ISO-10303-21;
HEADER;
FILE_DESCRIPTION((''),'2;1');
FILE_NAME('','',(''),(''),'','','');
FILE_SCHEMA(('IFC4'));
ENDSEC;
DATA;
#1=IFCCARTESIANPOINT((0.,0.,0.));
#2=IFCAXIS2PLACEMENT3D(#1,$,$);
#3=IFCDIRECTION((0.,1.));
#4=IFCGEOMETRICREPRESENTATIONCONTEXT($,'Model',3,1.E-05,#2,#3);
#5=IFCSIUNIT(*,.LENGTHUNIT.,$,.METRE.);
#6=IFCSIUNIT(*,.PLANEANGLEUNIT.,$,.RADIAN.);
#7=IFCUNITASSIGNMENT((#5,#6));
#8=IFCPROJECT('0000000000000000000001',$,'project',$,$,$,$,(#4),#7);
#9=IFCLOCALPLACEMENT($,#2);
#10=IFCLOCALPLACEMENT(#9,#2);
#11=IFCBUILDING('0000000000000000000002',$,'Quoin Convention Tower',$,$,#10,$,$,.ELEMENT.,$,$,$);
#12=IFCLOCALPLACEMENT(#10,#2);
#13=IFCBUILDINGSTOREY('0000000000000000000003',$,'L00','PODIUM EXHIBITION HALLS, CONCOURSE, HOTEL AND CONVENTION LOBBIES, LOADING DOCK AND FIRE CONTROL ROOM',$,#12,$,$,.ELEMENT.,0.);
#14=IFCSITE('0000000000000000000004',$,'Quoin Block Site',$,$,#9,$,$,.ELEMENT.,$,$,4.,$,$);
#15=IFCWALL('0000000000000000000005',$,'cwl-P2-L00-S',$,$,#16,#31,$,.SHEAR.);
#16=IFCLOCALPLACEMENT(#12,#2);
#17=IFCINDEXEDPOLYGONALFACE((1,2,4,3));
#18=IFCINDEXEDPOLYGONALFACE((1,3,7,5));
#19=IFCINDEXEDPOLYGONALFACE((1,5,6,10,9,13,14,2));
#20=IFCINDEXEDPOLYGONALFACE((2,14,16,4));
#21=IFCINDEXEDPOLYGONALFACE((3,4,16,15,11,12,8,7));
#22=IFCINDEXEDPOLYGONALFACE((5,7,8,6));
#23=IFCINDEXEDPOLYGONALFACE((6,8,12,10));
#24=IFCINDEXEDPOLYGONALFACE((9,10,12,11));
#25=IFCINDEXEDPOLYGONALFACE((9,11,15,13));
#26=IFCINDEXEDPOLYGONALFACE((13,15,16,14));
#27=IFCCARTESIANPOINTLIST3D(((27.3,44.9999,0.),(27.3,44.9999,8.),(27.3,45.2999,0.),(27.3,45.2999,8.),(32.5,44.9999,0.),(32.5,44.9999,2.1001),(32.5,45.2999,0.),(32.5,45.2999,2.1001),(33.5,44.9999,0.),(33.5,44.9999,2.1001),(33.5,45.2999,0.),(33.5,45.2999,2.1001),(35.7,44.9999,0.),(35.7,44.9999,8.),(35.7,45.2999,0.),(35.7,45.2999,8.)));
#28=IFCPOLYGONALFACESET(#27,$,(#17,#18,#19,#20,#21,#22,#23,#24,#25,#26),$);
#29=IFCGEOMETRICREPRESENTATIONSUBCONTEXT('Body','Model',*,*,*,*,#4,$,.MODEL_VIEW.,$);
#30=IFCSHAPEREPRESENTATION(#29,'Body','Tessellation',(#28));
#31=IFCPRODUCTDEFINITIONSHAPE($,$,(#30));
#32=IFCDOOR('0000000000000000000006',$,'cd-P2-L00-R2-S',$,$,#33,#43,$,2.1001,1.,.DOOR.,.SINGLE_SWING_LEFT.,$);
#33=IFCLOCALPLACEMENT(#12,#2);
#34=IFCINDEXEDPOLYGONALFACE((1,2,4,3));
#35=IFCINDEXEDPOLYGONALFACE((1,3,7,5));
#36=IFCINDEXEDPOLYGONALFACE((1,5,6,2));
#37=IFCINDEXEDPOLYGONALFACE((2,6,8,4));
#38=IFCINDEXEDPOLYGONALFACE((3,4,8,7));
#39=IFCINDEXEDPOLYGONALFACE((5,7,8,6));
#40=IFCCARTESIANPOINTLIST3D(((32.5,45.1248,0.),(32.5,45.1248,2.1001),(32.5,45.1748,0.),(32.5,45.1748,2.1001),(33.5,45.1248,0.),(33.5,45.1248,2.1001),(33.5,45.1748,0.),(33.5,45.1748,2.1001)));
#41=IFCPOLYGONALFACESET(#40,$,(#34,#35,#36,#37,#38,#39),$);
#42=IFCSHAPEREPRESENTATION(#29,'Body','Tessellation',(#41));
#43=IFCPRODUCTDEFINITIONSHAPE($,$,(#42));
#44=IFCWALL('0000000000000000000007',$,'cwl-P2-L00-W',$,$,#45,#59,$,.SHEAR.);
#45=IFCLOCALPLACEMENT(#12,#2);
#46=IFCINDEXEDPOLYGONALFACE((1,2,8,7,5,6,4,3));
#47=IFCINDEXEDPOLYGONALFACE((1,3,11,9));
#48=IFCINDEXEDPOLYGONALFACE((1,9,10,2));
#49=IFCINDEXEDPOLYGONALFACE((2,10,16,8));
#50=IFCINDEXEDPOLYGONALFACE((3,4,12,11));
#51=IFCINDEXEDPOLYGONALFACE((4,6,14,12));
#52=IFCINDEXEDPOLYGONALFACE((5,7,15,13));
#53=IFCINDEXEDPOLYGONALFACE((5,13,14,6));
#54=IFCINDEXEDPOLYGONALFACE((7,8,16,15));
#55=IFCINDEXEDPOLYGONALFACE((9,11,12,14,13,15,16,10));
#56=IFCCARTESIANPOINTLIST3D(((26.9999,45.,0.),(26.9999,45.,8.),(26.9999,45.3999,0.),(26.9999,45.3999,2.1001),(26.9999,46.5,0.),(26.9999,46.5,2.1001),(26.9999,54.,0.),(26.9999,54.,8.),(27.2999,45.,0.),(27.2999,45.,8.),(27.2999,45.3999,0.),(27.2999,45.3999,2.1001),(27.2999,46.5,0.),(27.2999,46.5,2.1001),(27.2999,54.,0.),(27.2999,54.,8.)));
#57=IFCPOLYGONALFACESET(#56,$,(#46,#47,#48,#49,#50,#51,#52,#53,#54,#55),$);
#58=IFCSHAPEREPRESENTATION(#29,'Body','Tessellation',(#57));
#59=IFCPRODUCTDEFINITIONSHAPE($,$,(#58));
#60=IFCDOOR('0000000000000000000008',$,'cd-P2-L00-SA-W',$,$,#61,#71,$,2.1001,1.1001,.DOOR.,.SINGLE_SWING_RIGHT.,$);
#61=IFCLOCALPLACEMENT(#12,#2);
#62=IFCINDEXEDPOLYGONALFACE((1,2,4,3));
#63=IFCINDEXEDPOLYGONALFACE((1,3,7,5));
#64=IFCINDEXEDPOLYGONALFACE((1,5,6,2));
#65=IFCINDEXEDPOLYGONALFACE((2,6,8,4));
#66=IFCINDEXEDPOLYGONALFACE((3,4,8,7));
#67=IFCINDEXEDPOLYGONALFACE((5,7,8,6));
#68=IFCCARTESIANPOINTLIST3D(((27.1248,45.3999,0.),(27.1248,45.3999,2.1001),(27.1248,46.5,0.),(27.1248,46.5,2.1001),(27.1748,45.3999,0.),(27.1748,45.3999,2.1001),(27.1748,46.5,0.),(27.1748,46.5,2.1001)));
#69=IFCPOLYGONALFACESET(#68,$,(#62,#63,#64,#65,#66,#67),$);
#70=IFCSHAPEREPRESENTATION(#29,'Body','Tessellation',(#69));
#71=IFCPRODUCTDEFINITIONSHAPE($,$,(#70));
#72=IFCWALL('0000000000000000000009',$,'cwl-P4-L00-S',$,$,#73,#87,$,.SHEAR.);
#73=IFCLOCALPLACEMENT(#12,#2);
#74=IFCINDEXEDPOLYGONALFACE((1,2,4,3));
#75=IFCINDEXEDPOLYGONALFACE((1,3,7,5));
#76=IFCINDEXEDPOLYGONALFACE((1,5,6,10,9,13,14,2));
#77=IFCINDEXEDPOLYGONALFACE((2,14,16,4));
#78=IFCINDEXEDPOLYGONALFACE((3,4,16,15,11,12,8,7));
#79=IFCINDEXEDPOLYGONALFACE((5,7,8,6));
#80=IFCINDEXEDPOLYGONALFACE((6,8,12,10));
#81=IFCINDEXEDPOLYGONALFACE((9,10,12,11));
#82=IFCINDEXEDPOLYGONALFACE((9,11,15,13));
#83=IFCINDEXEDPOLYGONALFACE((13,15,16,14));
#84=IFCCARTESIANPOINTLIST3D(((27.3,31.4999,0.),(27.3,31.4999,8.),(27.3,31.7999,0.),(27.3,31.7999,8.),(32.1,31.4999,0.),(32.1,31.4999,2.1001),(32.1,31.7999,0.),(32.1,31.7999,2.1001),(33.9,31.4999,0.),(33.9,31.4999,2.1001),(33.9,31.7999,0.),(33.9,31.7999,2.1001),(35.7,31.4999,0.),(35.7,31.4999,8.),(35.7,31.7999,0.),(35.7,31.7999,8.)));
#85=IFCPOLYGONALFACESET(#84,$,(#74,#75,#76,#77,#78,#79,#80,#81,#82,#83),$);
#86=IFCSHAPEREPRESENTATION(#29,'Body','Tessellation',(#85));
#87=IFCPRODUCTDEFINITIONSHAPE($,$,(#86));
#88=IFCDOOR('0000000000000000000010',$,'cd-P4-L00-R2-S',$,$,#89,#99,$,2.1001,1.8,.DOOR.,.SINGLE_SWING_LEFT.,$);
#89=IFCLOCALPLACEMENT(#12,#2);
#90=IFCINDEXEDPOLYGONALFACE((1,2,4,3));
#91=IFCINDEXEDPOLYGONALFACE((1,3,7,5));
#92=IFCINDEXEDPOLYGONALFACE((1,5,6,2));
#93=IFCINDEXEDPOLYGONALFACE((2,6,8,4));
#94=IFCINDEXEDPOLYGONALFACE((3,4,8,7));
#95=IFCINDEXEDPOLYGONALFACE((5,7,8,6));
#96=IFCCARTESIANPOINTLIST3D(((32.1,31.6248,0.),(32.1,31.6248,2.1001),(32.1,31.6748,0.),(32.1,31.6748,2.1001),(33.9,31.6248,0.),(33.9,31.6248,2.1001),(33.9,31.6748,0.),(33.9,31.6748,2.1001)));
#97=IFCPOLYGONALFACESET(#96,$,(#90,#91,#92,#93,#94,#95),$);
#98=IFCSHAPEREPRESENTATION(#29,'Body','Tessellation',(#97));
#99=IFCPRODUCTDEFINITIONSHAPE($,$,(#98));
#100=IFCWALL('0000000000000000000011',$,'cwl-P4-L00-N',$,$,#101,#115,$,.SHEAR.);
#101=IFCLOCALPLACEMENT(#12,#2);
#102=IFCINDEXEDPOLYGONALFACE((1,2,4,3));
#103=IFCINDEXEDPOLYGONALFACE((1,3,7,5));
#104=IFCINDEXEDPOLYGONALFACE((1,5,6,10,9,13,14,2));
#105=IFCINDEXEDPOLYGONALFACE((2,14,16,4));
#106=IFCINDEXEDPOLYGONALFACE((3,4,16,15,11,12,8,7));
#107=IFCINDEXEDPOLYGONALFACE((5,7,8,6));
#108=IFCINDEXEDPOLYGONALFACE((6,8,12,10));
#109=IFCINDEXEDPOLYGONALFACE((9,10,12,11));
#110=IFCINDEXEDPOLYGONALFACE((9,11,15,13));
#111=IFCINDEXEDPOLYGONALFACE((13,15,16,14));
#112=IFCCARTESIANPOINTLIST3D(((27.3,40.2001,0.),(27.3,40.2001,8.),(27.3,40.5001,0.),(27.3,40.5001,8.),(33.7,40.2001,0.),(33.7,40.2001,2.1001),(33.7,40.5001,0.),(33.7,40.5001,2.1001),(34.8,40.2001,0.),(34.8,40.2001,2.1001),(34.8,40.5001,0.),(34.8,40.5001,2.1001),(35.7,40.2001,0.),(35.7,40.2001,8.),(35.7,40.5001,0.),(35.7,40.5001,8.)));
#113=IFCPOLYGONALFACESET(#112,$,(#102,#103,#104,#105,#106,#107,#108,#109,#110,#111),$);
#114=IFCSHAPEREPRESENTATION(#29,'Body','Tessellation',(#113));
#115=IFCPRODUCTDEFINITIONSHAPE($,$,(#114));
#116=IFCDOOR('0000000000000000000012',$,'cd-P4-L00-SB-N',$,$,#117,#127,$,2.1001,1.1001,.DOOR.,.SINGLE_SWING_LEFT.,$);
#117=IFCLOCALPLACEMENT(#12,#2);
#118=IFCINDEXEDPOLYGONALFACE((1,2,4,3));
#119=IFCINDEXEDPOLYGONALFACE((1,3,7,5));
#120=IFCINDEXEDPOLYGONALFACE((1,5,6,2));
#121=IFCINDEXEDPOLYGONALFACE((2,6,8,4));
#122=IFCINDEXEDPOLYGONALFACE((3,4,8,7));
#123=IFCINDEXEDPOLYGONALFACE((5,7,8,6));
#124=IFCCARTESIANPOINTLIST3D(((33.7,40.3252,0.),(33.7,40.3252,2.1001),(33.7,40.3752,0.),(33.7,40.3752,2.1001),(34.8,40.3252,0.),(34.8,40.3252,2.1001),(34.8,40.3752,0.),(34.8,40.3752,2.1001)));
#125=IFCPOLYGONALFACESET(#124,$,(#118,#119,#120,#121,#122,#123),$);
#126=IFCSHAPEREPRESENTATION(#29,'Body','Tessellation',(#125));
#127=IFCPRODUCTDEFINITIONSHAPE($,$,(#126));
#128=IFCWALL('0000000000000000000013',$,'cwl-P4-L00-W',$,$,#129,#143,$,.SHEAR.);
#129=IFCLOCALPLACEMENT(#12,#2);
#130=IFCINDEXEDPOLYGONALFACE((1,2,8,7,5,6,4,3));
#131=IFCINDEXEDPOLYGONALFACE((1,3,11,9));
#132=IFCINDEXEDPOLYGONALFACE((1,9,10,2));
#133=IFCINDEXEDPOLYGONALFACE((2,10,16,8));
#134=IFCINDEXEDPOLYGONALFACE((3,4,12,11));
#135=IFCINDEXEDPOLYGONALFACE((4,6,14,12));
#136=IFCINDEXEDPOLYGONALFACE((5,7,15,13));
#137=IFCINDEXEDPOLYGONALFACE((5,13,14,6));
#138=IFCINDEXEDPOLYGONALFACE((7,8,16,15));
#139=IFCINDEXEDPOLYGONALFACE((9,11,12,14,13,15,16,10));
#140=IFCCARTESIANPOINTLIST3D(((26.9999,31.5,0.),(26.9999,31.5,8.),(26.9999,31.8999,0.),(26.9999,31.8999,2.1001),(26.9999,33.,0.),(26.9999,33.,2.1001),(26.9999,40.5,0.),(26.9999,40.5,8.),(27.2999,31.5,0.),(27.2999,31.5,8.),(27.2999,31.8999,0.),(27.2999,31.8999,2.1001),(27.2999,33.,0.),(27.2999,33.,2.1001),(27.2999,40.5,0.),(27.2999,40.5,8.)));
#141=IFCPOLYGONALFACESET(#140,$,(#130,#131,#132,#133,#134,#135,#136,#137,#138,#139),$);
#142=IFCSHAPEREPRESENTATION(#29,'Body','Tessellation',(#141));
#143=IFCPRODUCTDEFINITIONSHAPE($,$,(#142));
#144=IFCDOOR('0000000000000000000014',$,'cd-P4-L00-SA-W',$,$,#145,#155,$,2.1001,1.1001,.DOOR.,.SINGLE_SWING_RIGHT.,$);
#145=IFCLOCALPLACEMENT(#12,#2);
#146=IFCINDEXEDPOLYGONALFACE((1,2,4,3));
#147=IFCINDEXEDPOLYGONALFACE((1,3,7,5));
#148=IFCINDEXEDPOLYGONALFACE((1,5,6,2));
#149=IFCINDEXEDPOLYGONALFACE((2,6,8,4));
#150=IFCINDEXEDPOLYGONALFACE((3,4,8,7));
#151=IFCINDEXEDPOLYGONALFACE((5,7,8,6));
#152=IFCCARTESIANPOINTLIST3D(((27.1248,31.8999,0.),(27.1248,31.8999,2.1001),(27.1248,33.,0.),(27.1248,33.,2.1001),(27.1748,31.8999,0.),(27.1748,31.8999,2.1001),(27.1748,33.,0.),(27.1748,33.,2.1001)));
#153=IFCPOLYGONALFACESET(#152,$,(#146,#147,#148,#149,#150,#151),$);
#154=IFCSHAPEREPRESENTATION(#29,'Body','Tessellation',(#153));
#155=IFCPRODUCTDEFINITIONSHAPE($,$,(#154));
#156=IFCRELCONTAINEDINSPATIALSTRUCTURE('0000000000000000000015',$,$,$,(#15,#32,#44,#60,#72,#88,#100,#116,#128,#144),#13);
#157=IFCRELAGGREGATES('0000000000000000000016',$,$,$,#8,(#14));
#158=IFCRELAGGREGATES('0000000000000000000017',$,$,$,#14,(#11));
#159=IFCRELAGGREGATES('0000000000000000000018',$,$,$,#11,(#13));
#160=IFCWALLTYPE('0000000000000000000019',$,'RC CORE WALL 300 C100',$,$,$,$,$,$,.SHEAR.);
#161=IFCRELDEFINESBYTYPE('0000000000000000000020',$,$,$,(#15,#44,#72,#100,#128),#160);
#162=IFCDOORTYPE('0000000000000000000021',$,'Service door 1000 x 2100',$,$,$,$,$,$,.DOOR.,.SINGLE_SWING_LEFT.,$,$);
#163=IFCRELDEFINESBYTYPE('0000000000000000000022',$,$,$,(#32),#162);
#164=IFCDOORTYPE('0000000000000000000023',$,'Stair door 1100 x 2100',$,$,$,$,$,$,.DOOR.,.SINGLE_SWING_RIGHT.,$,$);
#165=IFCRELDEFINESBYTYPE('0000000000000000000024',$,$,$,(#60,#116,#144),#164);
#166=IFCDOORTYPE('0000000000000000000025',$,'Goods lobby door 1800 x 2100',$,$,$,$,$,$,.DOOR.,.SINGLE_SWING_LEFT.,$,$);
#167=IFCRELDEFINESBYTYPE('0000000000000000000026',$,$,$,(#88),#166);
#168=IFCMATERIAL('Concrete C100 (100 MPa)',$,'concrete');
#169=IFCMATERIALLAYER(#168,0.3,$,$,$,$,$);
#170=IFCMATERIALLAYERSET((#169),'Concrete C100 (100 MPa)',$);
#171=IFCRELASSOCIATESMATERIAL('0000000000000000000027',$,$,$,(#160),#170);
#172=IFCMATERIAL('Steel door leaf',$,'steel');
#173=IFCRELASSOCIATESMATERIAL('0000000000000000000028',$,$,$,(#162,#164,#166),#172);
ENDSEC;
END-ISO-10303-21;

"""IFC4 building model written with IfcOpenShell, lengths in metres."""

from ifc_helpers import new_model, si_unit, direction, frame, frame_2d, origin, place, context, subcontext, project, spatial, rectangle, extrude, material, layer, layer_set, type_object, element, fill, save


model = new_model("IFC4")

# Units and contexts
model_context = context("Model", 3, precision=1e-05, world=origin(), true_north=direction((0.0, 1.0)))
body_context = subcontext(model_context, "Body", "Model", "MODEL_VIEW")
ifc_project = project(units=[si_unit("LENGTHUNIT", "METRE"), si_unit("PLANEANGLEUNIT", "RADIAN")], contexts=[model_context])

# Site, building, storey
site_placement = place(None, origin())
site = spatial("IfcSite", under=ifc_project, at=site_placement, Name="Quoin Block Site", CompositionType="ELEMENT", RefElevation=4.0)
building_placement = place(site_placement, origin())
building = spatial("IfcBuilding", under=site, at=building_placement, Name="Quoin Convention Tower", CompositionType="ELEMENT")
storey_placement = place(building_placement, origin())
storey = spatial("IfcBuildingStorey", under=building, at=storey_placement, Name="L00", Description="PODIUM EXHIBITION HALLS, CONCOURSE, HOTEL AND CONVENTION LOBBIES, LOADING DOCK AND FIRE CONTROL ROOM", CompositionType="ELEMENT", Elevation=0.0)

# Shared definitions
ifc_material_1 = material(Name="Concrete C100 (100 MPa)", Category="concrete")

# Shared definitions
ifc_material_2 = material(Name="Steel door leaf", Category="steel")

# Walls, openings, doors
ifc_layer_1 = layer(ifc_material_1, 0.3)
ifc_layer_set_1 = layer_set([ifc_layer_1], Name="Concrete C100 (100 MPa)")
wall_type_1 = type_object("IfcWallType", Name="RC CORE WALL 300 C100", PredefinedType="SHEAR", material=ifc_layer_set_1)
wall_1_placement = place(storey_placement, frame((27.3, 45.1499, 0.0), z_axis=(0.0, 0.0, 1.0), x_axis=(1.0, 0.0, 0.0)))
wall_1 = element("IfcWall", 1, at=wall_1_placement, inside=storey, type_object=wall_type_1, Name="cwl-P2-L00-S", PredefinedType="SHEAR", context=body_context, shape_type="SweptSolid", body=[
    extrude(rectangle(XDim=8.3999, YDim=0.3, at=frame_2d((4.2, 0.0))), origin(), (0.0, 0.0, 1.0), 8.0),
])
opening_1_placement = place(wall_1_placement, frame((5.2, 0.0, 0.0)))
opening_1 = element("IfcOpeningElement", 2, at=opening_1_placement, cuts=wall_1, PredefinedType="OPENING", context=body_context, shape_type="SweptSolid", body=[
    extrude(rectangle(XDim=1.0, YDim=2.1001, at=frame_2d((0.5, 1.05))), frame((0.0, 0.1599, 0.0), z_axis=(0.0, -1.0, 0.0), x_axis=(1.0, 0.0, 0.0)), (0.0, 0.0, 1.0), 0.3201),
])
door_type_1 = type_object("IfcDoorType", Name="Service door 1000 x 2100", OperationType="SINGLE_SWING_LEFT", PredefinedType="DOOR", material=ifc_material_2)
door_1_placement = place(opening_1_placement, origin())
door_1 = element("IfcDoor", 3, at=door_1_placement, inside=storey, type_object=door_type_1, Name="cd-P2-L00-R2-S", OperationType="SINGLE_SWING_LEFT", OverallHeight=2.1001, OverallWidth=1.0, PredefinedType="DOOR", context=body_context, shape_type="SweptSolid", body=[
    extrude(rectangle(XDim=1.0, YDim=2.1001, at=frame_2d((0.5, 1.05))), frame((0.0, 0.0249, 0.0), z_axis=(0.0, -1.0, 0.0), x_axis=(1.0, 0.0, 0.0)), (0.0, 0.0, 1.0), 0.05),
])
fill(opening_1, door_1)
wall_2_placement = place(storey_placement, frame((27.1499, 45.0, 0.0), z_axis=(0.0, 0.0, 1.0), x_axis=(0.0, 1.0, 0.0)))
wall_2 = element("IfcWall", 4, at=wall_2_placement, inside=storey, type_object=wall_type_1, Name="cwl-P2-L00-W", PredefinedType="SHEAR", context=body_context, shape_type="SweptSolid", body=[
    extrude(rectangle(XDim=9.0, YDim=0.3, at=frame_2d((4.5, 0.0))), origin(), (0.0, 0.0, 1.0), 8.0),
])
opening_2_placement = place(wall_2_placement, frame((0.3999, 0.0, 0.0)))
opening_2 = element("IfcOpeningElement", 5, at=opening_2_placement, cuts=wall_2, PredefinedType="OPENING", context=body_context, shape_type="SweptSolid", body=[
    extrude(rectangle(XDim=1.1001, YDim=2.1001, at=frame_2d((0.55, 1.05))), frame((0.0, 0.1599, 0.0), z_axis=(0.0, -1.0, 0.0), x_axis=(1.0, 0.0, 0.0)), (0.0, 0.0, 1.0), 0.3201),
])
door_type_2 = type_object("IfcDoorType", Name="Stair door 1100 x 2100", OperationType="SINGLE_SWING_RIGHT", PredefinedType="DOOR", material=ifc_material_2)
door_2_placement = place(opening_2_placement, frame((1.1001, 0.0, 0.0), z_axis=(0.0, 0.0, 1.0), x_axis=(-1.0, 0.0, 0.0)))
door_2 = element("IfcDoor", 6, at=door_2_placement, inside=storey, type_object=door_type_2, Name="cd-P2-L00-SA-W", OperationType="SINGLE_SWING_RIGHT", OverallHeight=2.1001, OverallWidth=1.1001, PredefinedType="DOOR", context=body_context, shape_type="SweptSolid", body=[
    extrude(rectangle(XDim=1.1001, YDim=2.1001, at=frame_2d((0.55, 1.05))), frame((0.0, 0.0249, 0.0), z_axis=(0.0, -1.0, 0.0), x_axis=(1.0, 0.0, 0.0)), (0.0, 0.0, 1.0), 0.05),
])
fill(opening_2, door_2)
wall_3_placement = place(storey_placement, frame((27.3, 31.6499, 0.0), z_axis=(0.0, 0.0, 1.0), x_axis=(1.0, 0.0, 0.0)))
wall_3 = element("IfcWall", 7, at=wall_3_placement, inside=storey, type_object=wall_type_1, Name="cwl-P4-L00-S", PredefinedType="SHEAR", context=body_context, shape_type="SweptSolid", body=[
    extrude(rectangle(XDim=8.3999, YDim=0.3, at=frame_2d((4.2, 0.0))), origin(), (0.0, 0.0, 1.0), 8.0),
])
opening_3_placement = place(wall_3_placement, frame((4.8, 0.0, 0.0)))
opening_3 = element("IfcOpeningElement", 8, at=opening_3_placement, cuts=wall_3, PredefinedType="OPENING", context=body_context, shape_type="SweptSolid", body=[
    extrude(rectangle(XDim=1.8, YDim=2.1001, at=frame_2d((0.8999, 1.05))), frame((0.0, 0.1599, 0.0), z_axis=(0.0, -1.0, 0.0), x_axis=(1.0, 0.0, 0.0)), (0.0, 0.0, 1.0), 0.3201),
])
door_type_3 = type_object("IfcDoorType", Name="Goods lobby door 1800 x 2100", OperationType="SINGLE_SWING_LEFT", PredefinedType="DOOR", material=ifc_material_2)
door_3_placement = place(opening_3_placement, origin())
door_3 = element("IfcDoor", 9, at=door_3_placement, inside=storey, type_object=door_type_3, Name="cd-P4-L00-R2-S", OperationType="SINGLE_SWING_LEFT", OverallHeight=2.1001, OverallWidth=1.8, PredefinedType="DOOR", context=body_context, shape_type="SweptSolid", body=[
    extrude(rectangle(XDim=1.8, YDim=2.1001, at=frame_2d((0.8999, 1.05))), frame((0.0, 0.0249, 0.0), z_axis=(0.0, -1.0, 0.0), x_axis=(1.0, 0.0, 0.0)), (0.0, 0.0, 1.0), 0.05),
])
fill(opening_3, door_3)
wall_4_placement = place(storey_placement, frame((27.3, 40.3501, 0.0), z_axis=(0.0, 0.0, 1.0), x_axis=(1.0, 0.0, 0.0)))
wall_4 = element("IfcWall", 10, at=wall_4_placement, inside=storey, type_object=wall_type_1, Name="cwl-P4-L00-N", PredefinedType="SHEAR", context=body_context, shape_type="SweptSolid", body=[
    extrude(rectangle(XDim=8.3999, YDim=0.3, at=frame_2d((4.2, 0.0))), origin(), (0.0, 0.0, 1.0), 8.0),
])
opening_4_placement = place(wall_4_placement, frame((6.3999, 0.0, 0.0)))
opening_4 = element("IfcOpeningElement", 11, at=opening_4_placement, cuts=wall_4, PredefinedType="OPENING", context=body_context, shape_type="SweptSolid", body=[
    extrude(rectangle(XDim=1.1001, YDim=2.1001, at=frame_2d((0.55, 1.05))), frame((0.0, 0.1599, 0.0), z_axis=(0.0, -1.0, 0.0), x_axis=(1.0, 0.0, 0.0)), (0.0, 0.0, 1.0), 0.3201),
])
door_4_placement = place(opening_4_placement, frame((1.1001, 0.0, 0.0), z_axis=(0.0, 0.0, 1.0), x_axis=(-1.0, 0.0, 0.0)))
door_4 = element("IfcDoor", 12, at=door_4_placement, inside=storey, type_object=door_type_2, Name="cd-P4-L00-SB-N", OperationType="SINGLE_SWING_LEFT", OverallHeight=2.1001, OverallWidth=1.1001, PredefinedType="DOOR", context=body_context, shape_type="SweptSolid", body=[
    extrude(rectangle(XDim=1.1001, YDim=2.1001, at=frame_2d((0.55, 1.05))), frame((0.0, 0.0249, 0.0), z_axis=(0.0, -1.0, 0.0), x_axis=(1.0, 0.0, 0.0)), (0.0, 0.0, 1.0), 0.05),
])
fill(opening_4, door_4)
wall_5_placement = place(storey_placement, frame((27.1499, 31.5, 0.0), z_axis=(0.0, 0.0, 1.0), x_axis=(0.0, 1.0, 0.0)))
wall_5 = element("IfcWall", 13, at=wall_5_placement, inside=storey, type_object=wall_type_1, Name="cwl-P4-L00-W", PredefinedType="SHEAR", context=body_context, shape_type="SweptSolid", body=[
    extrude(rectangle(XDim=9.0, YDim=0.3, at=frame_2d((4.5, 0.0))), origin(), (0.0, 0.0, 1.0), 8.0),
])
opening_5_placement = place(wall_5_placement, frame((0.3999, 0.0, 0.0)))
opening_5 = element("IfcOpeningElement", 14, at=opening_5_placement, cuts=wall_5, PredefinedType="OPENING", context=body_context, shape_type="SweptSolid", body=[
    extrude(rectangle(XDim=1.1001, YDim=2.1001, at=frame_2d((0.55, 1.05))), frame((0.0, 0.1599, 0.0), z_axis=(0.0, -1.0, 0.0), x_axis=(1.0, 0.0, 0.0)), (0.0, 0.0, 1.0), 0.3201),
])
door_5_placement = place(opening_5_placement, frame((1.1001, 0.0, 0.0), z_axis=(0.0, 0.0, 1.0), x_axis=(-1.0, 0.0, 0.0)))
door_5 = element("IfcDoor", 15, at=door_5_placement, inside=storey, type_object=door_type_2, Name="cd-P4-L00-SA-W", OperationType="SINGLE_SWING_RIGHT", OverallHeight=2.1001, OverallWidth=1.1001, PredefinedType="DOOR", context=body_context, shape_type="SweptSolid", body=[
    extrude(rectangle(XDim=1.1001, YDim=2.1001, at=frame_2d((0.55, 1.05))), frame((0.0, 0.0249, 0.0), z_axis=(0.0, -1.0, 0.0), x_axis=(1.0, 0.0, 0.0)), (0.0, 0.0, 1.0), 0.05),
])
fill(opening_5, door_5)

save(model, "model.ifc")
